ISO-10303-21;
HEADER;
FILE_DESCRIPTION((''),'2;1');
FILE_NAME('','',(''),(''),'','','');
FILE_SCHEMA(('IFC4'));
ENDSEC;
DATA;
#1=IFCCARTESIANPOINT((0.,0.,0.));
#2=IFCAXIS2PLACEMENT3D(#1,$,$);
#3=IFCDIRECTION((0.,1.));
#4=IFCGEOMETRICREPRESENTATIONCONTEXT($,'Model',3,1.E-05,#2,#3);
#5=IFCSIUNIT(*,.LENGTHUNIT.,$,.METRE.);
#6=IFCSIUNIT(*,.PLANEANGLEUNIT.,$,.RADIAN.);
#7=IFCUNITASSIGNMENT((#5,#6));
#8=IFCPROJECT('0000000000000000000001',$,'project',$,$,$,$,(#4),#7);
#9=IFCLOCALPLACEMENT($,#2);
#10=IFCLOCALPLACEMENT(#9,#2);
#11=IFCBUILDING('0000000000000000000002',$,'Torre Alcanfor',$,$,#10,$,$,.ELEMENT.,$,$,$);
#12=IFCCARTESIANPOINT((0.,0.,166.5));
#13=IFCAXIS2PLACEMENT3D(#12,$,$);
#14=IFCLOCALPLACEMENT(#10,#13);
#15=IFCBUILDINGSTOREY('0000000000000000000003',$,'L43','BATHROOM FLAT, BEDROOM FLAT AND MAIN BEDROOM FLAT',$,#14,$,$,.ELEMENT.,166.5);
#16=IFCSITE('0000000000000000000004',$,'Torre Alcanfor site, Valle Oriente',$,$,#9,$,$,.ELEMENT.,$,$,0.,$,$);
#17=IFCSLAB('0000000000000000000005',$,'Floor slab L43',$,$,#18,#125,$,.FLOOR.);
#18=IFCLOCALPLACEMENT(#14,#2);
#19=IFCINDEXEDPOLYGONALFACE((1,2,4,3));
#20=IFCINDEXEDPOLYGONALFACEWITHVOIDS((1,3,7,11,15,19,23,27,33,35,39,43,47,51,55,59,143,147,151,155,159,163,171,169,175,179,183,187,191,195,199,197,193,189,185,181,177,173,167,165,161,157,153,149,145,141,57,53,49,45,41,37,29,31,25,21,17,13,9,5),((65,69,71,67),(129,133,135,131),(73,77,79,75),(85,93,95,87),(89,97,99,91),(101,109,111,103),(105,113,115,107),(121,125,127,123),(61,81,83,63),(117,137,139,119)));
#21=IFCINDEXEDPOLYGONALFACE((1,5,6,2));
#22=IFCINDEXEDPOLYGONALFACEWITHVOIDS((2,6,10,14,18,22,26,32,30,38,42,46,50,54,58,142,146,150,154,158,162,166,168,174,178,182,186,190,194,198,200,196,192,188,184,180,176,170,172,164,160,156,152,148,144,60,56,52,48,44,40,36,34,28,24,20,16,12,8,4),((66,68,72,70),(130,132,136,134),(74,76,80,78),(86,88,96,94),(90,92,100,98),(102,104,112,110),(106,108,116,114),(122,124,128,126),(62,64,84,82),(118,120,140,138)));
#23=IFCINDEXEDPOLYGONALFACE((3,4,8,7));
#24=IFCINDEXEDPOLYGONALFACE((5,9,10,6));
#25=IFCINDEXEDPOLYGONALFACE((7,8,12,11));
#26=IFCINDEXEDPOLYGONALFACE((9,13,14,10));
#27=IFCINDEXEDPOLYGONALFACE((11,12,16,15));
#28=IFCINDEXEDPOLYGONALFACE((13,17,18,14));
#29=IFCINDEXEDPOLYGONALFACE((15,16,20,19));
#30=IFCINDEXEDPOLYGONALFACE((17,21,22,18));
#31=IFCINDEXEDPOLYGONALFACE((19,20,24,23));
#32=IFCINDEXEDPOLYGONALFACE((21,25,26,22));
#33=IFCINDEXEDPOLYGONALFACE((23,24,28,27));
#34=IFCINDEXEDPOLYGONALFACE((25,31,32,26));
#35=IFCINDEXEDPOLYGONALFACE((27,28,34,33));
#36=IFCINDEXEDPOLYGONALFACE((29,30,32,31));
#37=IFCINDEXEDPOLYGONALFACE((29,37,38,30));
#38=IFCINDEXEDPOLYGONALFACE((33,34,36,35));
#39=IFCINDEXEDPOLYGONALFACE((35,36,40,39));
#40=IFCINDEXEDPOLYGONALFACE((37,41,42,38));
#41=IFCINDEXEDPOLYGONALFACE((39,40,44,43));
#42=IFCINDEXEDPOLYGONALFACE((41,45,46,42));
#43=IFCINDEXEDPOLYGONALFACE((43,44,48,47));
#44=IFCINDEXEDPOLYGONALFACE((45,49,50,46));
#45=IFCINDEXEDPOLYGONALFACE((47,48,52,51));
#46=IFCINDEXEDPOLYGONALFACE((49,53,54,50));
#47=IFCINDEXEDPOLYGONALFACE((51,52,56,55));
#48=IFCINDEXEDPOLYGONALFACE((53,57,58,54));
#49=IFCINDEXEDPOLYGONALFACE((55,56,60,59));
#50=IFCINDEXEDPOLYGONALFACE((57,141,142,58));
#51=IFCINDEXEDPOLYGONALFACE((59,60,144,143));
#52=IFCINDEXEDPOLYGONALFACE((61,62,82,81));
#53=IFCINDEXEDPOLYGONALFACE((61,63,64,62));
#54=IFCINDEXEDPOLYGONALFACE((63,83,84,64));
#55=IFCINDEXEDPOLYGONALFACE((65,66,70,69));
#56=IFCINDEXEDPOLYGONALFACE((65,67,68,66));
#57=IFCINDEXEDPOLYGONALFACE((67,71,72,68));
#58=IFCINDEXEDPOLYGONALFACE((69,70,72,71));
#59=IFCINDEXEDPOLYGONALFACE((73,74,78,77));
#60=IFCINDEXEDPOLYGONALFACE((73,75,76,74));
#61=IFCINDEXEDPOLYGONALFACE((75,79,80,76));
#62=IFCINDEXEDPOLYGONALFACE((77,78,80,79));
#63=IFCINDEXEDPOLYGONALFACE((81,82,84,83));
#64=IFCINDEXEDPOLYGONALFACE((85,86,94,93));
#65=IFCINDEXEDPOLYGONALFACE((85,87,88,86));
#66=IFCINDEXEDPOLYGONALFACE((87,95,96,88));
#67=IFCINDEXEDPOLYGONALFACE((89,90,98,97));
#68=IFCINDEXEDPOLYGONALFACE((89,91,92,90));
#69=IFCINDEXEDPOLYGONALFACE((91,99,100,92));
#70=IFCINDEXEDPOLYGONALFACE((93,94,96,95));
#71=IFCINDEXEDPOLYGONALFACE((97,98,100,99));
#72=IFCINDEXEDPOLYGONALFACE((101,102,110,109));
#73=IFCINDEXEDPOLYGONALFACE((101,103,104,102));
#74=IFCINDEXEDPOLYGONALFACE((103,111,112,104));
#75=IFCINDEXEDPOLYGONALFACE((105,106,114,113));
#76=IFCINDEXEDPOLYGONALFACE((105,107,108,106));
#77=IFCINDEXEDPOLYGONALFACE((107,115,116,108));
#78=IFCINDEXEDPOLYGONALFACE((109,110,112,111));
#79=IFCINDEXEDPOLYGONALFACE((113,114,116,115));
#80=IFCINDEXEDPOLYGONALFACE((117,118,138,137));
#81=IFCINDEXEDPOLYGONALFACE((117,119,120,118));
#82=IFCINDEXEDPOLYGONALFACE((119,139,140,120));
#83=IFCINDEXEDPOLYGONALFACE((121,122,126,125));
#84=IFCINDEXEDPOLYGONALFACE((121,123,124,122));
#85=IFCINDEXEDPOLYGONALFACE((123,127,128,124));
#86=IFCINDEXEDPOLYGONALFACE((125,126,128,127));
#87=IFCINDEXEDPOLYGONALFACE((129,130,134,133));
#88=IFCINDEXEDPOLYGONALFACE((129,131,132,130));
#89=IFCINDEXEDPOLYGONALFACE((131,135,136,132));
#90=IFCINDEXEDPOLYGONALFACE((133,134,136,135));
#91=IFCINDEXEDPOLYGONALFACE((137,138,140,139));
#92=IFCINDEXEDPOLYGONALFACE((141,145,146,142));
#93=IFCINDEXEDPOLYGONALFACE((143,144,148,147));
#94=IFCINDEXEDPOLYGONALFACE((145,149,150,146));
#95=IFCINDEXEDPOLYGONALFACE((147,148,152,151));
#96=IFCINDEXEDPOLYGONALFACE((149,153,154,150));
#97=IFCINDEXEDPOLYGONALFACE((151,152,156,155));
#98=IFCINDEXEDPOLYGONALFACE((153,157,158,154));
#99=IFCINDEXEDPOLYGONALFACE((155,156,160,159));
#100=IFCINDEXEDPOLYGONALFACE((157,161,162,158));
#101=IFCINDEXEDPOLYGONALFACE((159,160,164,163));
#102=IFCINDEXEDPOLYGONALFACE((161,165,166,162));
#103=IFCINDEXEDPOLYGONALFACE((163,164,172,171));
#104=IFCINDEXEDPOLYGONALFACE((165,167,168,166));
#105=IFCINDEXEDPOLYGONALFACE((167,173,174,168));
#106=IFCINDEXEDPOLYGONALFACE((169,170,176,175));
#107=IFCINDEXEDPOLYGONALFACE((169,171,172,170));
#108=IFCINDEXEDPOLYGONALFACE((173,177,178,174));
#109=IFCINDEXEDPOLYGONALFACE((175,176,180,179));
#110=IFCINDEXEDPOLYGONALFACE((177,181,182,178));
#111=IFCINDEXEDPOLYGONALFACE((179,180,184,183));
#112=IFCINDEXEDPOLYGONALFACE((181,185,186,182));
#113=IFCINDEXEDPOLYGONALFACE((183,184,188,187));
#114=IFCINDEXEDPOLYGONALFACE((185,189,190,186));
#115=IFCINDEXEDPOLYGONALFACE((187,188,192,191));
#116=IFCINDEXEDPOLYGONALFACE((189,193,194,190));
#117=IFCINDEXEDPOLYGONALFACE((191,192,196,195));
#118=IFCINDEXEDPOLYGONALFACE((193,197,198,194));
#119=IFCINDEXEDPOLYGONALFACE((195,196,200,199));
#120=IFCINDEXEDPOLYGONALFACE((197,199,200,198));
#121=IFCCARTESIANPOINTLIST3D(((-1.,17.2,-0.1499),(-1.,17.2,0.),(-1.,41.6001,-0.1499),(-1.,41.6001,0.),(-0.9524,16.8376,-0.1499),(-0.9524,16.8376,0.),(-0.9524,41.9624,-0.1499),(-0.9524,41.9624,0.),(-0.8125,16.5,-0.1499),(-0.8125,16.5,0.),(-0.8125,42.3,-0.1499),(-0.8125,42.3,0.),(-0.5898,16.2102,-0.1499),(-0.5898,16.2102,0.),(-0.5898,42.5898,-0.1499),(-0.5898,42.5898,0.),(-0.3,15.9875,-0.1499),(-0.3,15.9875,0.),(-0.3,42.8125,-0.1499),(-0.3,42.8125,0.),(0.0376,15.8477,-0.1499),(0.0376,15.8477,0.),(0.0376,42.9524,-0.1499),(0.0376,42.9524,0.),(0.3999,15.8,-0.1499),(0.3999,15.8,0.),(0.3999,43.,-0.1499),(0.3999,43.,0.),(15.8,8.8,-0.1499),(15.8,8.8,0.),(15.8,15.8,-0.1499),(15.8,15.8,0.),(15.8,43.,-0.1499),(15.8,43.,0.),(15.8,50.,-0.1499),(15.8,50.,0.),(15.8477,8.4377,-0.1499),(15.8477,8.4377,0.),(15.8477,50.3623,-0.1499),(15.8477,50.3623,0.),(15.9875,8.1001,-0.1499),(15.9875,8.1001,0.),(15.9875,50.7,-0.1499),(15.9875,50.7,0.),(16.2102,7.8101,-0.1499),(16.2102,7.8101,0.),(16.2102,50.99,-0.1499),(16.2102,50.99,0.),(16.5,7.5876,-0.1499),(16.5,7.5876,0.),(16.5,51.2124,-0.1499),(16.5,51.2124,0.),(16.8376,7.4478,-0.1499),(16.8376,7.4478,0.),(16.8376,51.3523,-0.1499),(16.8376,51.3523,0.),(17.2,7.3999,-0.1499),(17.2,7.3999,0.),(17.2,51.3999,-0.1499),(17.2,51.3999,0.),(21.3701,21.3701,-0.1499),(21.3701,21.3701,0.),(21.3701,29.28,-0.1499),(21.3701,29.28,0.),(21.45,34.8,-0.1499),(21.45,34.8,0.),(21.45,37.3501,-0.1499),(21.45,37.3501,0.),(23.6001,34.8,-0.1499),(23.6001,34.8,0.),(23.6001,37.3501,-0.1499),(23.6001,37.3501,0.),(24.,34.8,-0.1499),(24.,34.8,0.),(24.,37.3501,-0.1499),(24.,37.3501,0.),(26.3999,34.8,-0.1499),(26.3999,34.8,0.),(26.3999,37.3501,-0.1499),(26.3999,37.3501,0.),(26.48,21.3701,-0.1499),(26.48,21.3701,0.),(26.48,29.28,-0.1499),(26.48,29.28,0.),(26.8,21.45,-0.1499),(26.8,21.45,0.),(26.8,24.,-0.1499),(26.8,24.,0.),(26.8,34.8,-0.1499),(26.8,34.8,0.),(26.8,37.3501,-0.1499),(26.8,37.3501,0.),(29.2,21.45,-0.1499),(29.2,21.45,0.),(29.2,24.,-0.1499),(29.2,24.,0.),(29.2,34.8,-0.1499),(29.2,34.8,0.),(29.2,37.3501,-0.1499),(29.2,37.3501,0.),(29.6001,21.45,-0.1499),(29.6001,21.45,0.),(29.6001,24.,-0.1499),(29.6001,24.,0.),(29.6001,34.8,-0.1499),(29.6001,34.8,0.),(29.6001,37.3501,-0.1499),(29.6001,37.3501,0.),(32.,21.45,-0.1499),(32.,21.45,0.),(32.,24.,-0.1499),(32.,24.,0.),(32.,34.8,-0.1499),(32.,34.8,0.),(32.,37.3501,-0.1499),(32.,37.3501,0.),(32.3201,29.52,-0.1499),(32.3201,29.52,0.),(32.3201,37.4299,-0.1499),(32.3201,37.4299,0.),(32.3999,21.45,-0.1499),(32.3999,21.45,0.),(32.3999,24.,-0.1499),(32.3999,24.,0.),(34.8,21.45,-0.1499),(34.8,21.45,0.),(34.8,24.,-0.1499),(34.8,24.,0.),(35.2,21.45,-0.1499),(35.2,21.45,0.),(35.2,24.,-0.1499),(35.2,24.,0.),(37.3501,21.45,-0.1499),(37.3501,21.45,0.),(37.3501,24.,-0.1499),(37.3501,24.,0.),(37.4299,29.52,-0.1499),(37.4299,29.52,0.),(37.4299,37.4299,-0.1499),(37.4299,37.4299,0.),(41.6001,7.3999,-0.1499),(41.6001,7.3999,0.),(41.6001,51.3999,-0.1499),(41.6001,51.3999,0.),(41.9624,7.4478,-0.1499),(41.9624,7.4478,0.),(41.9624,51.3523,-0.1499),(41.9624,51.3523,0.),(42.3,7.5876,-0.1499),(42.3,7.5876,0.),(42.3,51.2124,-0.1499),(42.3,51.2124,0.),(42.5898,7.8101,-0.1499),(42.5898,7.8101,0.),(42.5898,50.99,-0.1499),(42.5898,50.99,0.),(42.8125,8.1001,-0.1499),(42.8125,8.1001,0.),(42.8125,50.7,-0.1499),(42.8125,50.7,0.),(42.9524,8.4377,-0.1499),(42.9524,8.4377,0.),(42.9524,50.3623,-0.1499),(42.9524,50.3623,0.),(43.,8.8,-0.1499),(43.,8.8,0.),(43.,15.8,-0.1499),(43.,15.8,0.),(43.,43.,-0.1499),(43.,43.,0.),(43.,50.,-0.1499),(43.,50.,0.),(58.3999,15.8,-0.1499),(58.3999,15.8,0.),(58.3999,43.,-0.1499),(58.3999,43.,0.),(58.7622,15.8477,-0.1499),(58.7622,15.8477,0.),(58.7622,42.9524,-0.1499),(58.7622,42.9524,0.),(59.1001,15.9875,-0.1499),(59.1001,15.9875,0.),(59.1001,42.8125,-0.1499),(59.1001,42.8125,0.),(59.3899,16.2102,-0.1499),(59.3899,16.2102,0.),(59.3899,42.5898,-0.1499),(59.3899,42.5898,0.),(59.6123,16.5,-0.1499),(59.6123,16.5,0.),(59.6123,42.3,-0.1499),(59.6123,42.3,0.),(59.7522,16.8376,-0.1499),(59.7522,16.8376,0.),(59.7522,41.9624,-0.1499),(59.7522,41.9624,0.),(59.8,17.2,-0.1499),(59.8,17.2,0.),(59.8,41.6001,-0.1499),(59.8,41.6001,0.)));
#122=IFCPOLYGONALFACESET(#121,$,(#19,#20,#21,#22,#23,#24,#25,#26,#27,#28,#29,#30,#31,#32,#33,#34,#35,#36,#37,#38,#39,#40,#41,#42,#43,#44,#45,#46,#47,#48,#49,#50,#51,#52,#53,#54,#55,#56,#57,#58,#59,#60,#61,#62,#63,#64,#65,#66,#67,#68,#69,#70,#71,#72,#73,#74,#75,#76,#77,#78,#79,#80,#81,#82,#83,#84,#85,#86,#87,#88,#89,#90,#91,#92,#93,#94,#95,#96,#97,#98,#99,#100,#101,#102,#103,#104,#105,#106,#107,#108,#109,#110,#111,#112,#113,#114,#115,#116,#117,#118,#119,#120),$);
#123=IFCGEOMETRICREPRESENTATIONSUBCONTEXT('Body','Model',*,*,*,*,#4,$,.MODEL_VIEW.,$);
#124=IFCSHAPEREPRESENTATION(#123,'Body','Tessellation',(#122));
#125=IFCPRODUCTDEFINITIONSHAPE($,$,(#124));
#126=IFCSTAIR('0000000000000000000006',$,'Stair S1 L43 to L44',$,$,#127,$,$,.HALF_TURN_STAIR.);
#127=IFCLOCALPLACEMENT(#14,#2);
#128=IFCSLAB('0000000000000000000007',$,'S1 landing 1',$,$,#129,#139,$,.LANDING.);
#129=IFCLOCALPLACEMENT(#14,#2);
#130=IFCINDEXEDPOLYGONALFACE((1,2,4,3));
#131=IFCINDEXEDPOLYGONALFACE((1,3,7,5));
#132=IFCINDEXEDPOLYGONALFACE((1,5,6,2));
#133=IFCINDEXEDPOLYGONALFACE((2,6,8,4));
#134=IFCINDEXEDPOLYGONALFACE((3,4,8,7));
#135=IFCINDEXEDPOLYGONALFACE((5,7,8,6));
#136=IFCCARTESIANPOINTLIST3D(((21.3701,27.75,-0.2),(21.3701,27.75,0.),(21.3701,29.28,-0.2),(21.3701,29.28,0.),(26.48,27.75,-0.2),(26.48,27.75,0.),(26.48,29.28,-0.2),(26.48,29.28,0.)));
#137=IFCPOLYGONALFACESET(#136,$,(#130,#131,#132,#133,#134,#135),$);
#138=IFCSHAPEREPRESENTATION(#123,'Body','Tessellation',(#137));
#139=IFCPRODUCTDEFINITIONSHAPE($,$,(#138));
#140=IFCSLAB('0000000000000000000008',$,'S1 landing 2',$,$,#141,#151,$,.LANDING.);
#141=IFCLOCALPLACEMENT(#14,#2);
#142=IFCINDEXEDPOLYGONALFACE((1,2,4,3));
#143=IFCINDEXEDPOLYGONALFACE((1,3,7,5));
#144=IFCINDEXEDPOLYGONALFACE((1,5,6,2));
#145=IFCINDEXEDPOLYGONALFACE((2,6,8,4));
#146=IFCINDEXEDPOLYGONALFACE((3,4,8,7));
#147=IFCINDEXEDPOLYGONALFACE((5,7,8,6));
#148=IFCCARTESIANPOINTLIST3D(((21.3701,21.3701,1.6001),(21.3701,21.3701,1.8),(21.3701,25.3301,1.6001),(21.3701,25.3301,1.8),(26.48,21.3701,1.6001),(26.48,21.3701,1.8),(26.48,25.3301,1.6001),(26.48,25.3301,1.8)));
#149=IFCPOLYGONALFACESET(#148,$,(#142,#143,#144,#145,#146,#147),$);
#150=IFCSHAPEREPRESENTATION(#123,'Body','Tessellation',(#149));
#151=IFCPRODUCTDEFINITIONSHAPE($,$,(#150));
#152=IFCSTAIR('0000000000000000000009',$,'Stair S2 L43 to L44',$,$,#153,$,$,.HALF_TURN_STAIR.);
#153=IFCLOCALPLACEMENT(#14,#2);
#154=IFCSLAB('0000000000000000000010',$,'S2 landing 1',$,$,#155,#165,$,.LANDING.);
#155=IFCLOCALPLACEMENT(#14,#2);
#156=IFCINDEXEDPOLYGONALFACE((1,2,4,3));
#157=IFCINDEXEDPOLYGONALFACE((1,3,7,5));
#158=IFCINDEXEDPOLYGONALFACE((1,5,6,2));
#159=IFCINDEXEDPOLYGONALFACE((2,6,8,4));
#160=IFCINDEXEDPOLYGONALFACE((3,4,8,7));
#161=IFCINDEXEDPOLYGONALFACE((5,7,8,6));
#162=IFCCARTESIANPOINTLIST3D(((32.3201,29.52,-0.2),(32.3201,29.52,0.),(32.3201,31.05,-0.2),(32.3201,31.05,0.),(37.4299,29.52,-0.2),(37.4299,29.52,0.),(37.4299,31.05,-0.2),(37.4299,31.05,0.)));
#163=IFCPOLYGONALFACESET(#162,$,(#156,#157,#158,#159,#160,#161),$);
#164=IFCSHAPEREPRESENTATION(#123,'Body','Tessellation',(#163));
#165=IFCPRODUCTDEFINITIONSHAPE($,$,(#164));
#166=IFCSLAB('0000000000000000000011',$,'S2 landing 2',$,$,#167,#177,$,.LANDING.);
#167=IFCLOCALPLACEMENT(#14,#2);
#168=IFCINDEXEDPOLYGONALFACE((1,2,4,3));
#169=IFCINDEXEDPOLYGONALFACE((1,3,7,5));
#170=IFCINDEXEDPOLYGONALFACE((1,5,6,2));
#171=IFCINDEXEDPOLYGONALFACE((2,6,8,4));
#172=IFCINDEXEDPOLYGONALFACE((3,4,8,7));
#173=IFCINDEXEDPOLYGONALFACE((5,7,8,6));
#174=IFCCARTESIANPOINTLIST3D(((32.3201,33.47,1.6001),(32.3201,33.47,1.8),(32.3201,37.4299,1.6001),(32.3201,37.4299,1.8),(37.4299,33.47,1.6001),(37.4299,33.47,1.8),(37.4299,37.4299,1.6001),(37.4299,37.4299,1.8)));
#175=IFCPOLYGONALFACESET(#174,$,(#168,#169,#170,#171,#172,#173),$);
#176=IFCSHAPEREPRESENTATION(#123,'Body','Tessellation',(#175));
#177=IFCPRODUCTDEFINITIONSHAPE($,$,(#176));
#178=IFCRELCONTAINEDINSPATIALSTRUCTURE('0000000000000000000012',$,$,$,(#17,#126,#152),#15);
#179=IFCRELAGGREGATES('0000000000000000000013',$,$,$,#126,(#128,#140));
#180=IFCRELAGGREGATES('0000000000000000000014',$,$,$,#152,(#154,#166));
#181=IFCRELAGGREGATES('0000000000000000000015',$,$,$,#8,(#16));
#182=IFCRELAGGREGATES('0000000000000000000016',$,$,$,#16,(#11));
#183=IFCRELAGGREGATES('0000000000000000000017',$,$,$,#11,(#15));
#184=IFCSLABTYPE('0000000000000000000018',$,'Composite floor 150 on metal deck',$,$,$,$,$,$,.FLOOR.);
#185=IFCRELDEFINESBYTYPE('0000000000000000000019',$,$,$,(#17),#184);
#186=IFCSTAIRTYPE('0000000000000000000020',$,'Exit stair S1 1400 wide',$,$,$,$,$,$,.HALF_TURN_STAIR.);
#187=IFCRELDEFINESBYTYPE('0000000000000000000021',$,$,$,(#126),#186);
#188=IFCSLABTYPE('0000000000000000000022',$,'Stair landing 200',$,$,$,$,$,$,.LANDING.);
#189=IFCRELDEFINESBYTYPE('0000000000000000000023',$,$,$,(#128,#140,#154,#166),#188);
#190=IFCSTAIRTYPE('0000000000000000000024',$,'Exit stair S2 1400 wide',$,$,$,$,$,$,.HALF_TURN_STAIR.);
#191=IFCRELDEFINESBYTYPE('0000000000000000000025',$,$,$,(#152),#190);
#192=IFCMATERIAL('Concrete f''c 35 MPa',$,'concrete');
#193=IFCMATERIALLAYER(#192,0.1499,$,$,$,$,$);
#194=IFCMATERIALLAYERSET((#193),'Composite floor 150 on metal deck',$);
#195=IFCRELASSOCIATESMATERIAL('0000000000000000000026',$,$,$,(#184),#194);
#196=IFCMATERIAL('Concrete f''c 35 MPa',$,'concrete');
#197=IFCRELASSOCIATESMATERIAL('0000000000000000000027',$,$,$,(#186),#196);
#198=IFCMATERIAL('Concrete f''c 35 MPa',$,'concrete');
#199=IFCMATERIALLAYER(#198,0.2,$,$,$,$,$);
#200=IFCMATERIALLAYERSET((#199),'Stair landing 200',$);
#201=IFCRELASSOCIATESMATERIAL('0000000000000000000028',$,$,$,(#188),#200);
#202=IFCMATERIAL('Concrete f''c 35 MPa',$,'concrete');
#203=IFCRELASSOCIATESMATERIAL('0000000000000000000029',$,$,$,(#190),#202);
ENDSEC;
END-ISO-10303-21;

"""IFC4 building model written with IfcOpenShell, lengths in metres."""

from ifc_helpers import new_model, si_unit, direction, frame, origin, place, context, subcontext, project, spatial, polyline, outline, extrude, material, layer, layer_set, type_object, element, aggregate, save


model = new_model("IFC4")

# Units and contexts
model_context = context("Model", 3, precision=1e-05, world=origin(), true_north=direction((0.0, 1.0)))
body_context = subcontext(model_context, "Body", "Model", "MODEL_VIEW")
ifc_project = project(units=[si_unit("LENGTHUNIT", "METRE"), si_unit("PLANEANGLEUNIT", "RADIAN")], contexts=[model_context])

# Site, building, storey
site_placement = place(None, origin())
site = spatial("IfcSite", under=ifc_project, at=site_placement, Name="Torre Alcanfor site, Valle Oriente", CompositionType="ELEMENT", RefElevation=0.0)
building_placement = place(site_placement, origin())
building = spatial("IfcBuilding", under=site, at=building_placement, Name="Torre Alcanfor", CompositionType="ELEMENT")
storey_placement = place(building_placement, frame((0.0, 0.0, 166.5)))
storey = spatial("IfcBuildingStorey", under=building, at=storey_placement, Name="L43", Description="BATHROOM FLAT, BEDROOM FLAT AND MAIN BEDROOM FLAT", CompositionType="ELEMENT", Elevation=166.5)

# Slab
ifc_material_1 = material(Name="Concrete f'c 35 MPa", Category="concrete")
ifc_layer_1 = layer(ifc_material_1, 0.1499)
ifc_layer_set_1 = layer_set([ifc_layer_1], Name="Composite floor 150 on metal deck")
slab_type_1 = type_object("IfcSlabType", Name="Composite floor 150 on metal deck", PredefinedType="FLOOR", material=ifc_layer_set_1)
slab_1_placement = place(storey_placement, frame((0.0, 0.0, -0.1499)))
element("IfcSlab", 1, at=slab_1_placement, inside=storey, type_object=slab_type_1, Name="Floor slab L43", PredefinedType="FLOOR", context=body_context, shape_type="SweptSolid", body=[
    extrude(outline(polyline([(15.8, 43.0), (0.3999, 43.0), (0.0376, 42.9524), (-0.3, 42.8125), (-0.5898, 42.5898), (-0.8125, 42.3), (-0.9524, 41.9624), (-1.0, 41.6001), (-1.0, 17.2), (-0.9524, 16.8376), (-0.8125, 16.5), (-0.5898, 16.2102), (-0.3, 15.9875), (0.0376, 15.8477), (0.3999, 15.8), (15.8, 15.8), (15.8, 8.8), (15.8477, 8.4377), (15.9875, 8.1001), (16.2102, 7.8101), (16.5, 7.5876), (16.8376, 7.4478), (17.2, 7.3999), (41.6001, 7.3999), (41.9624, 7.4478), (42.3, 7.5876), (42.5898, 7.8101), (42.8125, 8.1001), (42.9524, 8.4377), (43.0, 8.8), (43.0, 15.8), (58.3999, 15.8), (58.7622, 15.8477), (59.1001, 15.9875), (59.3899, 16.2102), (59.6123, 16.5), (59.7522, 16.8376), (59.8, 17.2), (59.8, 41.6001), (59.7522, 41.9624), (59.6123, 42.3), (59.3899, 42.5898), (59.1001, 42.8125), (58.7622, 42.9524), (58.3999, 43.0), (43.0, 43.0), (43.0, 50.0), (42.9524, 50.3623), (42.8125, 50.7), (42.5898, 50.99), (42.3, 51.2124), (41.9624, 51.3523), (41.6001, 51.3999), (17.2, 51.3999), (16.8376, 51.3523), (16.5, 51.2124), (16.2102, 50.99), (15.9875, 50.7), (15.8477, 50.3623), (15.8, 50.0), (15.8, 43.0)]), holes=[polyline([(21.3701, 21.3701), (26.48, 21.3701), (26.48, 29.28), (21.3701, 29.28), (21.3701, 21.3701)]), polyline([(32.3201, 29.52), (37.4299, 29.52), (37.4299, 37.4299), (32.3201, 37.4299), (32.3201, 29.52)]), polyline([(26.8, 21.45), (29.2, 21.45), (29.2, 24.0), (26.8, 24.0), (26.8, 21.45)]), polyline([(29.6001, 21.45), (32.0, 21.45), (32.0, 24.0), (29.6001, 24.0), (29.6001, 21.45)]), polyline([(32.3999, 21.45), (34.8, 21.45), (34.8, 24.0), (32.3999, 24.0), (32.3999, 21.45)]), polyline([(35.2, 21.45), (37.3501, 21.45), (37.3501, 24.0), (35.2, 24.0), (35.2, 21.45)]), polyline([(21.45, 34.8), (23.6001, 34.8), (23.6001, 37.3501), (21.45, 37.3501), (21.45, 34.8)]), polyline([(24.0, 34.8), (26.3999, 34.8), (26.3999, 37.3501), (24.0, 37.3501), (24.0, 34.8)]), polyline([(26.8, 34.8), (29.2, 34.8), (29.2, 37.3501), (26.8, 37.3501), (26.8, 34.8)]), polyline([(29.6001, 34.8), (32.0, 34.8), (32.0, 37.3501), (29.6001, 37.3501), (29.6001, 34.8)])]), origin(), (0.0, 0.0, 1.0), 0.1499),
])

# Stairs, slabs
ifc_material_2 = material(Name="Concrete f'c 35 MPa", Category="concrete")
stair_type_1 = type_object("IfcStairType", Name="Exit stair S1 1400 wide", PredefinedType="HALF_TURN_STAIR", material=ifc_material_2)
stair_1_placement = place(storey_placement, origin())
stair_1 = element("IfcStair", 2, at=stair_1_placement, inside=storey, type_object=stair_type_1, Name="Stair S1 L43 to L44", PredefinedType="HALF_TURN_STAIR")
ifc_material_3 = material(Name="Concrete f'c 35 MPa", Category="concrete")
ifc_layer_2 = layer(ifc_material_3, 0.2)
ifc_layer_set_2 = layer_set([ifc_layer_2], Name="Stair landing 200")
slab_type_2 = type_object("IfcSlabType", Name="Stair landing 200", PredefinedType="LANDING", material=ifc_layer_set_2)
slab_2_placement = place(storey_placement, frame((0.0, 0.0, -0.2)))
slab_2 = element("IfcSlab", 3, at=slab_2_placement, type_object=slab_type_2, Name="S1 landing 1", PredefinedType="LANDING", context=body_context, shape_type="SweptSolid", body=[
    extrude(outline(polyline([(21.3701, 27.75), (26.48, 27.75), (26.48, 29.28), (21.3701, 29.28), (21.3701, 27.75)])), origin(), (0.0, 0.0, 1.0), 0.2),
])
slab_3_placement = place(storey_placement, frame((0.0, 0.0, 1.6001)))
slab_3 = element("IfcSlab", 4, at=slab_3_placement, type_object=slab_type_2, Name="S1 landing 2", PredefinedType="LANDING", context=body_context, shape_type="SweptSolid", body=[
    extrude(outline(polyline([(21.3701, 21.3701), (26.48, 21.3701), (26.48, 25.3301), (21.3701, 25.3301), (21.3701, 21.3701)])), origin(), (0.0, 0.0, 1.0), 0.2),
])
aggregate(stair_1, [slab_2, slab_3])
ifc_material_4 = material(Name="Concrete f'c 35 MPa", Category="concrete")
stair_type_2 = type_object("IfcStairType", Name="Exit stair S2 1400 wide", PredefinedType="HALF_TURN_STAIR", material=ifc_material_4)
stair_2_placement = place(storey_placement, origin())
stair_2 = element("IfcStair", 5, at=stair_2_placement, inside=storey, type_object=stair_type_2, Name="Stair S2 L43 to L44", PredefinedType="HALF_TURN_STAIR")
slab_4_placement = place(storey_placement, frame((0.0, 0.0, -0.2)))
slab_4 = element("IfcSlab", 6, at=slab_4_placement, type_object=slab_type_2, Name="S2 landing 1", PredefinedType="LANDING", context=body_context, shape_type="SweptSolid", body=[
    extrude(outline(polyline([(32.3201, 29.52), (37.4299, 29.52), (37.4299, 31.05), (32.3201, 31.05), (32.3201, 29.52)])), origin(), (0.0, 0.0, 1.0), 0.2),
])
slab_5_placement = place(storey_placement, frame((0.0, 0.0, 1.6001)))
slab_5 = element("IfcSlab", 7, at=slab_5_placement, type_object=slab_type_2, Name="S2 landing 2", PredefinedType="LANDING", context=body_context, shape_type="SweptSolid", body=[
    extrude(outline(polyline([(32.3201, 33.47), (37.4299, 33.47), (37.4299, 37.4299), (32.3201, 37.4299), (32.3201, 33.47)])), origin(), (0.0, 0.0, 1.0), 0.2),
])
aggregate(stair_2, [slab_4, slab_5])

save(model, "model.ifc")
